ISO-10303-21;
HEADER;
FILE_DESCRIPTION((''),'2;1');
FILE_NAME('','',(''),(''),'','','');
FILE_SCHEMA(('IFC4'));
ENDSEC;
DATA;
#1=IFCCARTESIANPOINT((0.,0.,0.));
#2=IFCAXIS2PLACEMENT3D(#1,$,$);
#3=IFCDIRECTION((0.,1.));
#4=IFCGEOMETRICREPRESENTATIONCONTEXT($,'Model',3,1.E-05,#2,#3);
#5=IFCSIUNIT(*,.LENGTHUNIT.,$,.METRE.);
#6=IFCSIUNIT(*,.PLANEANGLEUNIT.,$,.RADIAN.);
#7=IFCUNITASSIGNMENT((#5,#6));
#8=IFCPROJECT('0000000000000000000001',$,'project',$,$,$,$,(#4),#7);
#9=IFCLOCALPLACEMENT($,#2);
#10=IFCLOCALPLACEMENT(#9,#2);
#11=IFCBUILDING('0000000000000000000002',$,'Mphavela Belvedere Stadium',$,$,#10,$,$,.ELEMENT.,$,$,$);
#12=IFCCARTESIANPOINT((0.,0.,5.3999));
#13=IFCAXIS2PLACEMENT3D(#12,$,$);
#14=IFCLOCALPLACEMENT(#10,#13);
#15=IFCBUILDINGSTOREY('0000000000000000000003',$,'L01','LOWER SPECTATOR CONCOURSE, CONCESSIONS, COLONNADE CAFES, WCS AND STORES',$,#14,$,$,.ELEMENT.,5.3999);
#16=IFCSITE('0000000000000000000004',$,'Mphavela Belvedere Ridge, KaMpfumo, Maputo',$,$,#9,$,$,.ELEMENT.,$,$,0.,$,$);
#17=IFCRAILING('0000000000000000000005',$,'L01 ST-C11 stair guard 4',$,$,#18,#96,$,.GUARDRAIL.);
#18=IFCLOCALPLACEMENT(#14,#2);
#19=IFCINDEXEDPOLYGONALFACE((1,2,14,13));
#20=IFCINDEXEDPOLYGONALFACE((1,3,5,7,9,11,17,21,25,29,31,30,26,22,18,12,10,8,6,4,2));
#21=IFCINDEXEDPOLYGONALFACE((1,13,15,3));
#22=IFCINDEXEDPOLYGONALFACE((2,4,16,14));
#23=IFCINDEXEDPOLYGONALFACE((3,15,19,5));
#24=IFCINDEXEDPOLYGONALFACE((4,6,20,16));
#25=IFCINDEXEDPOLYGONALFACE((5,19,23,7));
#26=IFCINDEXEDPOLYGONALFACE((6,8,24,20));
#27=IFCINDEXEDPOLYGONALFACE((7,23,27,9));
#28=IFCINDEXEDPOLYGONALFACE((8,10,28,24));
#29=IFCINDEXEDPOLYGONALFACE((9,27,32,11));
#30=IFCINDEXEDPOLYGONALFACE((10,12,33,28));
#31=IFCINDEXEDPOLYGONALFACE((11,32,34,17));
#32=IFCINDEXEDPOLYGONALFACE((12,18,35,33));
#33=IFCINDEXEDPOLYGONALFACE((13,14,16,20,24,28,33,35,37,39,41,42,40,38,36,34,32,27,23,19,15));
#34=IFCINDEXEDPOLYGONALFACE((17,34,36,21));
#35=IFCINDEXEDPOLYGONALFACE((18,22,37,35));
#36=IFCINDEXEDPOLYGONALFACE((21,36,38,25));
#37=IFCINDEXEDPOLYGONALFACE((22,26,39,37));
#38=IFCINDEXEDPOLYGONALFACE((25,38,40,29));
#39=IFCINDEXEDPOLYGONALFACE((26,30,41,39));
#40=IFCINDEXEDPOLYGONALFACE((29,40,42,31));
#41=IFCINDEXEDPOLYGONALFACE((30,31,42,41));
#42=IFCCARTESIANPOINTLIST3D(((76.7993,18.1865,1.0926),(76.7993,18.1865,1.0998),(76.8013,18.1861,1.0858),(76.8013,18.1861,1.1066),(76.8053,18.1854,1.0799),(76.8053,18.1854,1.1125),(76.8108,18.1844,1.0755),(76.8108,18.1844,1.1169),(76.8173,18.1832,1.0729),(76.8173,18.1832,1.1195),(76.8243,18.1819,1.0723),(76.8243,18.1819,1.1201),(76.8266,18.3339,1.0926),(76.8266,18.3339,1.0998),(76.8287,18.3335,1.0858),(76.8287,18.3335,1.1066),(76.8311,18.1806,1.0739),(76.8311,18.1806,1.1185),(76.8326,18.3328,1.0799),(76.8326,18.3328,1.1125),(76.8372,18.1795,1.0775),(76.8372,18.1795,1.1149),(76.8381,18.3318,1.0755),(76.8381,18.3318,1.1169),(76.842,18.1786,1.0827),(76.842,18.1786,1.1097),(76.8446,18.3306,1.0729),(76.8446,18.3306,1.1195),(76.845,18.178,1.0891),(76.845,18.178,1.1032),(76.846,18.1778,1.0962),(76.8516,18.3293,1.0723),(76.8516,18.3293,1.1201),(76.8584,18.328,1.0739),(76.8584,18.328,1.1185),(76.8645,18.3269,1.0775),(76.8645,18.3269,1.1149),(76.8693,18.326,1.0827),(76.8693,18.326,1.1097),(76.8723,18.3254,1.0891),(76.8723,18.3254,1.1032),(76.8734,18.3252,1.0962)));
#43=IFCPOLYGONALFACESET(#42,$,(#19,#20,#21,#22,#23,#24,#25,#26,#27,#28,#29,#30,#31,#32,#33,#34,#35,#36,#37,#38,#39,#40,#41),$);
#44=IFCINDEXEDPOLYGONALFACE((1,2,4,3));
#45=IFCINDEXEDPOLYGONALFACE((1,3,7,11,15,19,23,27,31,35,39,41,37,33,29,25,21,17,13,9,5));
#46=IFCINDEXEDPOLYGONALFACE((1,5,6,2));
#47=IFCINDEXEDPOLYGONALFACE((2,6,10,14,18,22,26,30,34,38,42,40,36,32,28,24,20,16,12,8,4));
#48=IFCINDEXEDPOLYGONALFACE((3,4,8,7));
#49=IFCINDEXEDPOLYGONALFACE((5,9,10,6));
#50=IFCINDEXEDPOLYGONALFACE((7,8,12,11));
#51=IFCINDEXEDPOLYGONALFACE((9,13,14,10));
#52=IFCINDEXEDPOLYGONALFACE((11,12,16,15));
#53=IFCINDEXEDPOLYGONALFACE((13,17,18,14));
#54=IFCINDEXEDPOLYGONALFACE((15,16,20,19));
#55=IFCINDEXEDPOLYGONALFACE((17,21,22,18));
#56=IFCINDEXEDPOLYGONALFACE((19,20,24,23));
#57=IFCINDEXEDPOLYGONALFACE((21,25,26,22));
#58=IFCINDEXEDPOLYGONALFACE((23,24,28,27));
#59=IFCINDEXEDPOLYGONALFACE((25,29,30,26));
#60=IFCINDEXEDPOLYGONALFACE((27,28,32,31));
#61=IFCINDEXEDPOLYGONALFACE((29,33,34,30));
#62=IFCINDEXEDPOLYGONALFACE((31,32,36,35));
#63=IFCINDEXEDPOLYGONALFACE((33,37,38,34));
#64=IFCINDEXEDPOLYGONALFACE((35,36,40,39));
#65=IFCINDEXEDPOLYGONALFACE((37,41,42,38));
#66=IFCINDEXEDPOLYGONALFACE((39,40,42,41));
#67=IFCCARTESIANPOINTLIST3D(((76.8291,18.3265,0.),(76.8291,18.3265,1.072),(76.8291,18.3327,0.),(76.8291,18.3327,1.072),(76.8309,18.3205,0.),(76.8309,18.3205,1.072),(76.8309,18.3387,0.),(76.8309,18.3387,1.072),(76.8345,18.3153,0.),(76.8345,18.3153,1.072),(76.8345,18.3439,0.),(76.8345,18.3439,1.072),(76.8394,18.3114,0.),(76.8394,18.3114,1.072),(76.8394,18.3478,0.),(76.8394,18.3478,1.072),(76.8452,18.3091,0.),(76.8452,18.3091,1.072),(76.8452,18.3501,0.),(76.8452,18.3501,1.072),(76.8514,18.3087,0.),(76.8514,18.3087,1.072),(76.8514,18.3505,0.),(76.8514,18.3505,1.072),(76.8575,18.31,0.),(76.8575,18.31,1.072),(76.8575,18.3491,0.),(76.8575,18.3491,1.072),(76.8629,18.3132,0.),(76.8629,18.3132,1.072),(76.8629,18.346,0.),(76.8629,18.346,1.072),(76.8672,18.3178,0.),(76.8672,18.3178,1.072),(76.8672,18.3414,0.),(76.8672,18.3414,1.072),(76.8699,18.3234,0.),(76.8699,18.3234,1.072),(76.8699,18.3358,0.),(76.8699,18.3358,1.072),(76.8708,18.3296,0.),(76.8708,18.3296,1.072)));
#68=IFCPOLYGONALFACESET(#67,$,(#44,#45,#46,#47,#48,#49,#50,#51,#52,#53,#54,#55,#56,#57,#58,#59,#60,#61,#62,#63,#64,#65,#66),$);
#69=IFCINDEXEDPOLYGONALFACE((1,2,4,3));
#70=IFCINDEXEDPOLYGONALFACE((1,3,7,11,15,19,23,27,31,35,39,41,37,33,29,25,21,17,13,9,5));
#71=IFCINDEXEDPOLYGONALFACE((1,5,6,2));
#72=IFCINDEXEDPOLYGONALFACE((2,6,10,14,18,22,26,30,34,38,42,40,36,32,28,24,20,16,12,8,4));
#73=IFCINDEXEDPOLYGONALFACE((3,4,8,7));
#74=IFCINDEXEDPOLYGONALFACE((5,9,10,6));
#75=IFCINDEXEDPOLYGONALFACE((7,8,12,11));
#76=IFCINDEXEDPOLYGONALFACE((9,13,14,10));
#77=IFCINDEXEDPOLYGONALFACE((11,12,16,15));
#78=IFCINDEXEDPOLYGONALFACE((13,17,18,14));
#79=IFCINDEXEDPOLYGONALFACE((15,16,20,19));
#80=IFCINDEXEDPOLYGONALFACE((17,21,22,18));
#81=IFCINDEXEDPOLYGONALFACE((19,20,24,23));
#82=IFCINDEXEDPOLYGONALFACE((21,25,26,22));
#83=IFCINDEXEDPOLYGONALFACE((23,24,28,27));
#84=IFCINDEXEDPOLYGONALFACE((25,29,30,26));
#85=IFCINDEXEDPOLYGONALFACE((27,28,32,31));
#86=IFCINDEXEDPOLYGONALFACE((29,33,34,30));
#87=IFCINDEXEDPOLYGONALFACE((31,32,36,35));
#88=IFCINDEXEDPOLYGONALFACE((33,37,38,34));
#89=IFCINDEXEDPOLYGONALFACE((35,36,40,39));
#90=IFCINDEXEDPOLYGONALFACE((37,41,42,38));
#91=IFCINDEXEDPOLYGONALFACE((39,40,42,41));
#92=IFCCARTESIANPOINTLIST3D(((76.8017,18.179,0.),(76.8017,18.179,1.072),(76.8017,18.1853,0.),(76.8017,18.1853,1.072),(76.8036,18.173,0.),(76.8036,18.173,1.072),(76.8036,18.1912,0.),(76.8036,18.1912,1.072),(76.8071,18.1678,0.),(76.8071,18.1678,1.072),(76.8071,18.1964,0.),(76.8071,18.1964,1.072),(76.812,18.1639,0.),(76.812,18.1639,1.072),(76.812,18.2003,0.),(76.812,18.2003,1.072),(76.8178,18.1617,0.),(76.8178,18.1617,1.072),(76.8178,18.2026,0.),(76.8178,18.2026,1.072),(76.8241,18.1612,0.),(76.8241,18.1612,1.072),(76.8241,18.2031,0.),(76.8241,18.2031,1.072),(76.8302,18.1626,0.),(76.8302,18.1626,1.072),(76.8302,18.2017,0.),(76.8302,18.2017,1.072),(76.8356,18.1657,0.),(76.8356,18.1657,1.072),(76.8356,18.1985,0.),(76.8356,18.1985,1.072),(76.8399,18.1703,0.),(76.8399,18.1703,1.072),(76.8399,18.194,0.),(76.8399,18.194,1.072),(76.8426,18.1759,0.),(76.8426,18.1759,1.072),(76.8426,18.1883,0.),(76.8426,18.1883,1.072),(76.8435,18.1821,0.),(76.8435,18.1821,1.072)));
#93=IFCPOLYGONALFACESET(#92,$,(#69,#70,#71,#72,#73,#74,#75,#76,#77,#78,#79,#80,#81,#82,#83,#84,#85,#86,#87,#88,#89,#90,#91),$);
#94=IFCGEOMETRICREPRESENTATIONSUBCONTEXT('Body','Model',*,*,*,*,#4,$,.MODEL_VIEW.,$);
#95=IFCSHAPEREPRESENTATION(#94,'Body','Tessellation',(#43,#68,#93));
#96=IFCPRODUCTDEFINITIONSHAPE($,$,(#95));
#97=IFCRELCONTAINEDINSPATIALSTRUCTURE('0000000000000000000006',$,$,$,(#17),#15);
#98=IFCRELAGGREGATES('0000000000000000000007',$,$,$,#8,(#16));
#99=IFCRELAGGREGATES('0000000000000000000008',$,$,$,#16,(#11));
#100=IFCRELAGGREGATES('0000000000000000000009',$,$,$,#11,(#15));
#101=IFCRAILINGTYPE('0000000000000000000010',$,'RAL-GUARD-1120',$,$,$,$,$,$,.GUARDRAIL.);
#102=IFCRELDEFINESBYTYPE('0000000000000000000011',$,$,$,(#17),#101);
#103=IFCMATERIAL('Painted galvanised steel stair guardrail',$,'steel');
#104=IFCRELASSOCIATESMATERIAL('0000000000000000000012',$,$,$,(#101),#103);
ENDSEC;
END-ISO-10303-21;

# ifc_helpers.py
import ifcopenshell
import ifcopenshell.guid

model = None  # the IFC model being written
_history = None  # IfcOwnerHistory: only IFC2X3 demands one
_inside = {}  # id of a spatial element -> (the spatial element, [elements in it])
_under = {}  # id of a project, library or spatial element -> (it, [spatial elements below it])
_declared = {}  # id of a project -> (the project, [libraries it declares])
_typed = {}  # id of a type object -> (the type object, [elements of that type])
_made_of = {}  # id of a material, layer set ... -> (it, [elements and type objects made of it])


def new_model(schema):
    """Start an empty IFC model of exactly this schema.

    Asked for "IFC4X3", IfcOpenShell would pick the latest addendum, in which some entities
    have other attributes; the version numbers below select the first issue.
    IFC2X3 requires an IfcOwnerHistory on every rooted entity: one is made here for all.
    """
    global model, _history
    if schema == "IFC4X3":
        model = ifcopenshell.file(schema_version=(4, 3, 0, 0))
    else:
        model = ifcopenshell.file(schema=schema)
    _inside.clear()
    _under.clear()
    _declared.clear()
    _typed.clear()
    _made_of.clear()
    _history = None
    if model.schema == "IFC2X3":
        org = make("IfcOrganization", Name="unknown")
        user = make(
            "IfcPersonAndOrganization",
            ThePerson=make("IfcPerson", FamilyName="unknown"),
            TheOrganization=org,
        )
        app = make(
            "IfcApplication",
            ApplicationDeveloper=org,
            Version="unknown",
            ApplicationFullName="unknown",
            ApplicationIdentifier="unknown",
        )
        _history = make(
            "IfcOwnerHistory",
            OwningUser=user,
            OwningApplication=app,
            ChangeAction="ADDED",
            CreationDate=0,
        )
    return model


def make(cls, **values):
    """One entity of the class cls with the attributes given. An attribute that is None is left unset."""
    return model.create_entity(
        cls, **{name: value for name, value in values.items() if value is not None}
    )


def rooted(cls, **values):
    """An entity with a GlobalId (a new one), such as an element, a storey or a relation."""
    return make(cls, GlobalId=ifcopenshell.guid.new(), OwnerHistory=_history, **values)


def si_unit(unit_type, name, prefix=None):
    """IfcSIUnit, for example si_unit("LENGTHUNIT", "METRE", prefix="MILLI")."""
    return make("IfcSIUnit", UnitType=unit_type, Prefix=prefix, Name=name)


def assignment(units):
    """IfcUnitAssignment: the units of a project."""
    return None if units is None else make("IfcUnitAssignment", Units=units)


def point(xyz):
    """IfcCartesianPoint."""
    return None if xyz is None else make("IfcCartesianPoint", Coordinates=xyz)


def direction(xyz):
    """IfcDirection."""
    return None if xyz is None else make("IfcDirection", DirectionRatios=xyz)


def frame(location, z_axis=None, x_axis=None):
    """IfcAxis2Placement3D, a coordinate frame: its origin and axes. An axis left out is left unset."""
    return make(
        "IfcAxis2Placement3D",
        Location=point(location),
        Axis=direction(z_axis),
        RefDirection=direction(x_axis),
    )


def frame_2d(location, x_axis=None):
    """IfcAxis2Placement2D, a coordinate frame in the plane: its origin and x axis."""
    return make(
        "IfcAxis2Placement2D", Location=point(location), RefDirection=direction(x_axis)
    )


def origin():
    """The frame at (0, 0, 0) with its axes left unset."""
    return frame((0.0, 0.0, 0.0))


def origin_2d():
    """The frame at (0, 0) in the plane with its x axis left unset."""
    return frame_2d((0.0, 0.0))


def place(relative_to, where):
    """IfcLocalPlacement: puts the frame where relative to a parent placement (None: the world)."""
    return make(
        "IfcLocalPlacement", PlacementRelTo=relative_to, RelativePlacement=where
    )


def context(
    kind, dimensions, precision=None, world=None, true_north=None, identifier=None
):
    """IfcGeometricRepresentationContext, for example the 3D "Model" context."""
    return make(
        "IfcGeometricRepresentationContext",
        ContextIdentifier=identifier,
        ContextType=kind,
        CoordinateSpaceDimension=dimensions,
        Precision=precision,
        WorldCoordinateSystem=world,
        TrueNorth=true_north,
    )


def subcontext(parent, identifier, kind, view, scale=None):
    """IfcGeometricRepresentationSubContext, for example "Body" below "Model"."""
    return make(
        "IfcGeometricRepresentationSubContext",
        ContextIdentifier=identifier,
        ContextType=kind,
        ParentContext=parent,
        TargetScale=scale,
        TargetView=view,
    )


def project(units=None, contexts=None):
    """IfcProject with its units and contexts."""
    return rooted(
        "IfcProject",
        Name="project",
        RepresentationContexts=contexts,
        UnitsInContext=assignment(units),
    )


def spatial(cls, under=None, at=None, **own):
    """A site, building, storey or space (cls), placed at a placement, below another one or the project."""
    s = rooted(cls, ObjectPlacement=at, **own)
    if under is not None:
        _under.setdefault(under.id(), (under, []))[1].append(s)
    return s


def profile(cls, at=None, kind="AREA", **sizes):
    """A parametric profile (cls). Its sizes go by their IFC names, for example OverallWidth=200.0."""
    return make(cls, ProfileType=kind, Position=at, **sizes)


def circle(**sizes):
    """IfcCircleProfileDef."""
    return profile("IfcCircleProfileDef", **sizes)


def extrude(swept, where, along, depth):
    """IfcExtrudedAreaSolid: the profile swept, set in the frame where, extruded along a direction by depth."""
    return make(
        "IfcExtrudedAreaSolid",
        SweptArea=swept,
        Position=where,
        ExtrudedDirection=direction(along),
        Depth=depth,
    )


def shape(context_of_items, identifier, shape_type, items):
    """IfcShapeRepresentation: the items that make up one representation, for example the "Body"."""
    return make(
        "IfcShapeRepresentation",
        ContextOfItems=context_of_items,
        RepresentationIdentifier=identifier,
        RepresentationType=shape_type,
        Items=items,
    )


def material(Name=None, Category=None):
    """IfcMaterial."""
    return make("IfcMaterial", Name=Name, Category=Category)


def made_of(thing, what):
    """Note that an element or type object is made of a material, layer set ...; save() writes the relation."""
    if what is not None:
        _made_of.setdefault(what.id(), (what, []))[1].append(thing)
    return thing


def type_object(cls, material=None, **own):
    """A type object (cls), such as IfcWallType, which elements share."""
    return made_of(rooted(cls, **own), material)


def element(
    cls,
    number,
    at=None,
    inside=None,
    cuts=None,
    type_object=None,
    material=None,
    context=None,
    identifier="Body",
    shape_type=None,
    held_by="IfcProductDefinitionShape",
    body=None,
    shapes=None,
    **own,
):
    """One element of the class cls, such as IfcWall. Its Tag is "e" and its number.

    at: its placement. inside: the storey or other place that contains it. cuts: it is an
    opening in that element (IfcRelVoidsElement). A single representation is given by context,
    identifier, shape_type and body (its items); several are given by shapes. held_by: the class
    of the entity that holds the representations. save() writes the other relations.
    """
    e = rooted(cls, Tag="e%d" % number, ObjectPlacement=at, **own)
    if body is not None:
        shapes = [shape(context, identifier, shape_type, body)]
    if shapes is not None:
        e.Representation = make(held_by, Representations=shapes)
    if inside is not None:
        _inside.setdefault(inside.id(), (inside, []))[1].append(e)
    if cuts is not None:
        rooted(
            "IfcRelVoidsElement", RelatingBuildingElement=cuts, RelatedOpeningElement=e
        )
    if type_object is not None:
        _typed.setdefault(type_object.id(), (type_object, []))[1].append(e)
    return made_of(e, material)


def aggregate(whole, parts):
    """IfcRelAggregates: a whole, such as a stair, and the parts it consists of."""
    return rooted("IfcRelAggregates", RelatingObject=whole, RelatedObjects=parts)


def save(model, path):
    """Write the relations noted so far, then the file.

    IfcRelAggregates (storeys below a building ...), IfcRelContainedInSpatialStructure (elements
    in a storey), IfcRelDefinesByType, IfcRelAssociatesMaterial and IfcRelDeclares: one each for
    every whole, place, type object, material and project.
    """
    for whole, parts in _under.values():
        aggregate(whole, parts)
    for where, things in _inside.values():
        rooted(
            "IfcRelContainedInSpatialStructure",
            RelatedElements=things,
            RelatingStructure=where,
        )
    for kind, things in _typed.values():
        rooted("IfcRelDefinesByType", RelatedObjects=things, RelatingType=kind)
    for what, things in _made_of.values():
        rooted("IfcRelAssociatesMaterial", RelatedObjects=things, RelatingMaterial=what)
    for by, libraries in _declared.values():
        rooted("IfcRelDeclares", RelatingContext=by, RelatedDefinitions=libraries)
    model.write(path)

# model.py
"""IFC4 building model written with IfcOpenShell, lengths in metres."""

from ifc_helpers import new_model, si_unit, direction, frame, origin, origin_2d, place, context, subcontext, project, spatial, circle, extrude, material, type_object, element, save


model = new_model("IFC4")

# Units and contexts
model_context = context("Model", 3, precision=1e-05, world=origin(), true_north=direction((0.0, 1.0)))
body_context = subcontext(model_context, "Body", "Model", "MODEL_VIEW")
ifc_project = project(units=[si_unit("LENGTHUNIT", "METRE"), si_unit("PLANEANGLEUNIT", "RADIAN")], contexts=[model_context])

# Site, building, storey
site_placement = place(None, origin())
site = spatial("IfcSite", under=ifc_project, at=site_placement, Name="Mphavela Belvedere Ridge, KaMpfumo, Maputo", CompositionType="ELEMENT", RefElevation=0.0)
building_placement = place(site_placement, origin())
building = spatial("IfcBuilding", under=site, at=building_placement, Name="Mphavela Belvedere Stadium", CompositionType="ELEMENT")
storey_placement = place(building_placement, frame((0.0, 0.0, 5.3999)))
storey = spatial("IfcBuildingStorey", under=building, at=storey_placement, Name="L01", Description="LOWER SPECTATOR CONCOURSE, CONCESSIONS, COLONNADE CAFES, WCS AND STORES", CompositionType="ELEMENT", Elevation=5.3999)

# Railing
ifc_material_1 = material(Name="Painted galvanised steel stair guardrail", Category="steel")
railing_type_1 = type_object("IfcRailingType", Name="RAL-GUARD-1120", PredefinedType="GUARDRAIL", material=ifc_material_1)
railing_1_placement = place(storey_placement, frame((76.8499, 18.3296, 0.0)))
element("IfcRailing", 1, at=railing_1_placement, inside=storey, type_object=railing_type_1, Name="L01 ST-C11 stair guard 4", PredefinedType="GUARDRAIL", context=body_context, shape_type="SweptSolid", body=[
    extrude(circle(Radius=0.0239, at=origin_2d()), frame((0.0, 0.0, 1.0962), z_axis=(-0.182322, -0.983239, 0.0), x_axis=(0.983239, -0.182322, 0.0)), (0.0, 0.0, 1.0), 0.1499),
    extrude(circle(Radius=0.021, at=origin_2d()), origin(), (0.0, 0.0, 1.0), 1.072),
    extrude(circle(Radius=0.021, at=origin_2d()), frame((-0.0273, -0.1475, 0.0)), (0.0, 0.0, 1.0), 1.072),
])

save(model, "model.ifc")
